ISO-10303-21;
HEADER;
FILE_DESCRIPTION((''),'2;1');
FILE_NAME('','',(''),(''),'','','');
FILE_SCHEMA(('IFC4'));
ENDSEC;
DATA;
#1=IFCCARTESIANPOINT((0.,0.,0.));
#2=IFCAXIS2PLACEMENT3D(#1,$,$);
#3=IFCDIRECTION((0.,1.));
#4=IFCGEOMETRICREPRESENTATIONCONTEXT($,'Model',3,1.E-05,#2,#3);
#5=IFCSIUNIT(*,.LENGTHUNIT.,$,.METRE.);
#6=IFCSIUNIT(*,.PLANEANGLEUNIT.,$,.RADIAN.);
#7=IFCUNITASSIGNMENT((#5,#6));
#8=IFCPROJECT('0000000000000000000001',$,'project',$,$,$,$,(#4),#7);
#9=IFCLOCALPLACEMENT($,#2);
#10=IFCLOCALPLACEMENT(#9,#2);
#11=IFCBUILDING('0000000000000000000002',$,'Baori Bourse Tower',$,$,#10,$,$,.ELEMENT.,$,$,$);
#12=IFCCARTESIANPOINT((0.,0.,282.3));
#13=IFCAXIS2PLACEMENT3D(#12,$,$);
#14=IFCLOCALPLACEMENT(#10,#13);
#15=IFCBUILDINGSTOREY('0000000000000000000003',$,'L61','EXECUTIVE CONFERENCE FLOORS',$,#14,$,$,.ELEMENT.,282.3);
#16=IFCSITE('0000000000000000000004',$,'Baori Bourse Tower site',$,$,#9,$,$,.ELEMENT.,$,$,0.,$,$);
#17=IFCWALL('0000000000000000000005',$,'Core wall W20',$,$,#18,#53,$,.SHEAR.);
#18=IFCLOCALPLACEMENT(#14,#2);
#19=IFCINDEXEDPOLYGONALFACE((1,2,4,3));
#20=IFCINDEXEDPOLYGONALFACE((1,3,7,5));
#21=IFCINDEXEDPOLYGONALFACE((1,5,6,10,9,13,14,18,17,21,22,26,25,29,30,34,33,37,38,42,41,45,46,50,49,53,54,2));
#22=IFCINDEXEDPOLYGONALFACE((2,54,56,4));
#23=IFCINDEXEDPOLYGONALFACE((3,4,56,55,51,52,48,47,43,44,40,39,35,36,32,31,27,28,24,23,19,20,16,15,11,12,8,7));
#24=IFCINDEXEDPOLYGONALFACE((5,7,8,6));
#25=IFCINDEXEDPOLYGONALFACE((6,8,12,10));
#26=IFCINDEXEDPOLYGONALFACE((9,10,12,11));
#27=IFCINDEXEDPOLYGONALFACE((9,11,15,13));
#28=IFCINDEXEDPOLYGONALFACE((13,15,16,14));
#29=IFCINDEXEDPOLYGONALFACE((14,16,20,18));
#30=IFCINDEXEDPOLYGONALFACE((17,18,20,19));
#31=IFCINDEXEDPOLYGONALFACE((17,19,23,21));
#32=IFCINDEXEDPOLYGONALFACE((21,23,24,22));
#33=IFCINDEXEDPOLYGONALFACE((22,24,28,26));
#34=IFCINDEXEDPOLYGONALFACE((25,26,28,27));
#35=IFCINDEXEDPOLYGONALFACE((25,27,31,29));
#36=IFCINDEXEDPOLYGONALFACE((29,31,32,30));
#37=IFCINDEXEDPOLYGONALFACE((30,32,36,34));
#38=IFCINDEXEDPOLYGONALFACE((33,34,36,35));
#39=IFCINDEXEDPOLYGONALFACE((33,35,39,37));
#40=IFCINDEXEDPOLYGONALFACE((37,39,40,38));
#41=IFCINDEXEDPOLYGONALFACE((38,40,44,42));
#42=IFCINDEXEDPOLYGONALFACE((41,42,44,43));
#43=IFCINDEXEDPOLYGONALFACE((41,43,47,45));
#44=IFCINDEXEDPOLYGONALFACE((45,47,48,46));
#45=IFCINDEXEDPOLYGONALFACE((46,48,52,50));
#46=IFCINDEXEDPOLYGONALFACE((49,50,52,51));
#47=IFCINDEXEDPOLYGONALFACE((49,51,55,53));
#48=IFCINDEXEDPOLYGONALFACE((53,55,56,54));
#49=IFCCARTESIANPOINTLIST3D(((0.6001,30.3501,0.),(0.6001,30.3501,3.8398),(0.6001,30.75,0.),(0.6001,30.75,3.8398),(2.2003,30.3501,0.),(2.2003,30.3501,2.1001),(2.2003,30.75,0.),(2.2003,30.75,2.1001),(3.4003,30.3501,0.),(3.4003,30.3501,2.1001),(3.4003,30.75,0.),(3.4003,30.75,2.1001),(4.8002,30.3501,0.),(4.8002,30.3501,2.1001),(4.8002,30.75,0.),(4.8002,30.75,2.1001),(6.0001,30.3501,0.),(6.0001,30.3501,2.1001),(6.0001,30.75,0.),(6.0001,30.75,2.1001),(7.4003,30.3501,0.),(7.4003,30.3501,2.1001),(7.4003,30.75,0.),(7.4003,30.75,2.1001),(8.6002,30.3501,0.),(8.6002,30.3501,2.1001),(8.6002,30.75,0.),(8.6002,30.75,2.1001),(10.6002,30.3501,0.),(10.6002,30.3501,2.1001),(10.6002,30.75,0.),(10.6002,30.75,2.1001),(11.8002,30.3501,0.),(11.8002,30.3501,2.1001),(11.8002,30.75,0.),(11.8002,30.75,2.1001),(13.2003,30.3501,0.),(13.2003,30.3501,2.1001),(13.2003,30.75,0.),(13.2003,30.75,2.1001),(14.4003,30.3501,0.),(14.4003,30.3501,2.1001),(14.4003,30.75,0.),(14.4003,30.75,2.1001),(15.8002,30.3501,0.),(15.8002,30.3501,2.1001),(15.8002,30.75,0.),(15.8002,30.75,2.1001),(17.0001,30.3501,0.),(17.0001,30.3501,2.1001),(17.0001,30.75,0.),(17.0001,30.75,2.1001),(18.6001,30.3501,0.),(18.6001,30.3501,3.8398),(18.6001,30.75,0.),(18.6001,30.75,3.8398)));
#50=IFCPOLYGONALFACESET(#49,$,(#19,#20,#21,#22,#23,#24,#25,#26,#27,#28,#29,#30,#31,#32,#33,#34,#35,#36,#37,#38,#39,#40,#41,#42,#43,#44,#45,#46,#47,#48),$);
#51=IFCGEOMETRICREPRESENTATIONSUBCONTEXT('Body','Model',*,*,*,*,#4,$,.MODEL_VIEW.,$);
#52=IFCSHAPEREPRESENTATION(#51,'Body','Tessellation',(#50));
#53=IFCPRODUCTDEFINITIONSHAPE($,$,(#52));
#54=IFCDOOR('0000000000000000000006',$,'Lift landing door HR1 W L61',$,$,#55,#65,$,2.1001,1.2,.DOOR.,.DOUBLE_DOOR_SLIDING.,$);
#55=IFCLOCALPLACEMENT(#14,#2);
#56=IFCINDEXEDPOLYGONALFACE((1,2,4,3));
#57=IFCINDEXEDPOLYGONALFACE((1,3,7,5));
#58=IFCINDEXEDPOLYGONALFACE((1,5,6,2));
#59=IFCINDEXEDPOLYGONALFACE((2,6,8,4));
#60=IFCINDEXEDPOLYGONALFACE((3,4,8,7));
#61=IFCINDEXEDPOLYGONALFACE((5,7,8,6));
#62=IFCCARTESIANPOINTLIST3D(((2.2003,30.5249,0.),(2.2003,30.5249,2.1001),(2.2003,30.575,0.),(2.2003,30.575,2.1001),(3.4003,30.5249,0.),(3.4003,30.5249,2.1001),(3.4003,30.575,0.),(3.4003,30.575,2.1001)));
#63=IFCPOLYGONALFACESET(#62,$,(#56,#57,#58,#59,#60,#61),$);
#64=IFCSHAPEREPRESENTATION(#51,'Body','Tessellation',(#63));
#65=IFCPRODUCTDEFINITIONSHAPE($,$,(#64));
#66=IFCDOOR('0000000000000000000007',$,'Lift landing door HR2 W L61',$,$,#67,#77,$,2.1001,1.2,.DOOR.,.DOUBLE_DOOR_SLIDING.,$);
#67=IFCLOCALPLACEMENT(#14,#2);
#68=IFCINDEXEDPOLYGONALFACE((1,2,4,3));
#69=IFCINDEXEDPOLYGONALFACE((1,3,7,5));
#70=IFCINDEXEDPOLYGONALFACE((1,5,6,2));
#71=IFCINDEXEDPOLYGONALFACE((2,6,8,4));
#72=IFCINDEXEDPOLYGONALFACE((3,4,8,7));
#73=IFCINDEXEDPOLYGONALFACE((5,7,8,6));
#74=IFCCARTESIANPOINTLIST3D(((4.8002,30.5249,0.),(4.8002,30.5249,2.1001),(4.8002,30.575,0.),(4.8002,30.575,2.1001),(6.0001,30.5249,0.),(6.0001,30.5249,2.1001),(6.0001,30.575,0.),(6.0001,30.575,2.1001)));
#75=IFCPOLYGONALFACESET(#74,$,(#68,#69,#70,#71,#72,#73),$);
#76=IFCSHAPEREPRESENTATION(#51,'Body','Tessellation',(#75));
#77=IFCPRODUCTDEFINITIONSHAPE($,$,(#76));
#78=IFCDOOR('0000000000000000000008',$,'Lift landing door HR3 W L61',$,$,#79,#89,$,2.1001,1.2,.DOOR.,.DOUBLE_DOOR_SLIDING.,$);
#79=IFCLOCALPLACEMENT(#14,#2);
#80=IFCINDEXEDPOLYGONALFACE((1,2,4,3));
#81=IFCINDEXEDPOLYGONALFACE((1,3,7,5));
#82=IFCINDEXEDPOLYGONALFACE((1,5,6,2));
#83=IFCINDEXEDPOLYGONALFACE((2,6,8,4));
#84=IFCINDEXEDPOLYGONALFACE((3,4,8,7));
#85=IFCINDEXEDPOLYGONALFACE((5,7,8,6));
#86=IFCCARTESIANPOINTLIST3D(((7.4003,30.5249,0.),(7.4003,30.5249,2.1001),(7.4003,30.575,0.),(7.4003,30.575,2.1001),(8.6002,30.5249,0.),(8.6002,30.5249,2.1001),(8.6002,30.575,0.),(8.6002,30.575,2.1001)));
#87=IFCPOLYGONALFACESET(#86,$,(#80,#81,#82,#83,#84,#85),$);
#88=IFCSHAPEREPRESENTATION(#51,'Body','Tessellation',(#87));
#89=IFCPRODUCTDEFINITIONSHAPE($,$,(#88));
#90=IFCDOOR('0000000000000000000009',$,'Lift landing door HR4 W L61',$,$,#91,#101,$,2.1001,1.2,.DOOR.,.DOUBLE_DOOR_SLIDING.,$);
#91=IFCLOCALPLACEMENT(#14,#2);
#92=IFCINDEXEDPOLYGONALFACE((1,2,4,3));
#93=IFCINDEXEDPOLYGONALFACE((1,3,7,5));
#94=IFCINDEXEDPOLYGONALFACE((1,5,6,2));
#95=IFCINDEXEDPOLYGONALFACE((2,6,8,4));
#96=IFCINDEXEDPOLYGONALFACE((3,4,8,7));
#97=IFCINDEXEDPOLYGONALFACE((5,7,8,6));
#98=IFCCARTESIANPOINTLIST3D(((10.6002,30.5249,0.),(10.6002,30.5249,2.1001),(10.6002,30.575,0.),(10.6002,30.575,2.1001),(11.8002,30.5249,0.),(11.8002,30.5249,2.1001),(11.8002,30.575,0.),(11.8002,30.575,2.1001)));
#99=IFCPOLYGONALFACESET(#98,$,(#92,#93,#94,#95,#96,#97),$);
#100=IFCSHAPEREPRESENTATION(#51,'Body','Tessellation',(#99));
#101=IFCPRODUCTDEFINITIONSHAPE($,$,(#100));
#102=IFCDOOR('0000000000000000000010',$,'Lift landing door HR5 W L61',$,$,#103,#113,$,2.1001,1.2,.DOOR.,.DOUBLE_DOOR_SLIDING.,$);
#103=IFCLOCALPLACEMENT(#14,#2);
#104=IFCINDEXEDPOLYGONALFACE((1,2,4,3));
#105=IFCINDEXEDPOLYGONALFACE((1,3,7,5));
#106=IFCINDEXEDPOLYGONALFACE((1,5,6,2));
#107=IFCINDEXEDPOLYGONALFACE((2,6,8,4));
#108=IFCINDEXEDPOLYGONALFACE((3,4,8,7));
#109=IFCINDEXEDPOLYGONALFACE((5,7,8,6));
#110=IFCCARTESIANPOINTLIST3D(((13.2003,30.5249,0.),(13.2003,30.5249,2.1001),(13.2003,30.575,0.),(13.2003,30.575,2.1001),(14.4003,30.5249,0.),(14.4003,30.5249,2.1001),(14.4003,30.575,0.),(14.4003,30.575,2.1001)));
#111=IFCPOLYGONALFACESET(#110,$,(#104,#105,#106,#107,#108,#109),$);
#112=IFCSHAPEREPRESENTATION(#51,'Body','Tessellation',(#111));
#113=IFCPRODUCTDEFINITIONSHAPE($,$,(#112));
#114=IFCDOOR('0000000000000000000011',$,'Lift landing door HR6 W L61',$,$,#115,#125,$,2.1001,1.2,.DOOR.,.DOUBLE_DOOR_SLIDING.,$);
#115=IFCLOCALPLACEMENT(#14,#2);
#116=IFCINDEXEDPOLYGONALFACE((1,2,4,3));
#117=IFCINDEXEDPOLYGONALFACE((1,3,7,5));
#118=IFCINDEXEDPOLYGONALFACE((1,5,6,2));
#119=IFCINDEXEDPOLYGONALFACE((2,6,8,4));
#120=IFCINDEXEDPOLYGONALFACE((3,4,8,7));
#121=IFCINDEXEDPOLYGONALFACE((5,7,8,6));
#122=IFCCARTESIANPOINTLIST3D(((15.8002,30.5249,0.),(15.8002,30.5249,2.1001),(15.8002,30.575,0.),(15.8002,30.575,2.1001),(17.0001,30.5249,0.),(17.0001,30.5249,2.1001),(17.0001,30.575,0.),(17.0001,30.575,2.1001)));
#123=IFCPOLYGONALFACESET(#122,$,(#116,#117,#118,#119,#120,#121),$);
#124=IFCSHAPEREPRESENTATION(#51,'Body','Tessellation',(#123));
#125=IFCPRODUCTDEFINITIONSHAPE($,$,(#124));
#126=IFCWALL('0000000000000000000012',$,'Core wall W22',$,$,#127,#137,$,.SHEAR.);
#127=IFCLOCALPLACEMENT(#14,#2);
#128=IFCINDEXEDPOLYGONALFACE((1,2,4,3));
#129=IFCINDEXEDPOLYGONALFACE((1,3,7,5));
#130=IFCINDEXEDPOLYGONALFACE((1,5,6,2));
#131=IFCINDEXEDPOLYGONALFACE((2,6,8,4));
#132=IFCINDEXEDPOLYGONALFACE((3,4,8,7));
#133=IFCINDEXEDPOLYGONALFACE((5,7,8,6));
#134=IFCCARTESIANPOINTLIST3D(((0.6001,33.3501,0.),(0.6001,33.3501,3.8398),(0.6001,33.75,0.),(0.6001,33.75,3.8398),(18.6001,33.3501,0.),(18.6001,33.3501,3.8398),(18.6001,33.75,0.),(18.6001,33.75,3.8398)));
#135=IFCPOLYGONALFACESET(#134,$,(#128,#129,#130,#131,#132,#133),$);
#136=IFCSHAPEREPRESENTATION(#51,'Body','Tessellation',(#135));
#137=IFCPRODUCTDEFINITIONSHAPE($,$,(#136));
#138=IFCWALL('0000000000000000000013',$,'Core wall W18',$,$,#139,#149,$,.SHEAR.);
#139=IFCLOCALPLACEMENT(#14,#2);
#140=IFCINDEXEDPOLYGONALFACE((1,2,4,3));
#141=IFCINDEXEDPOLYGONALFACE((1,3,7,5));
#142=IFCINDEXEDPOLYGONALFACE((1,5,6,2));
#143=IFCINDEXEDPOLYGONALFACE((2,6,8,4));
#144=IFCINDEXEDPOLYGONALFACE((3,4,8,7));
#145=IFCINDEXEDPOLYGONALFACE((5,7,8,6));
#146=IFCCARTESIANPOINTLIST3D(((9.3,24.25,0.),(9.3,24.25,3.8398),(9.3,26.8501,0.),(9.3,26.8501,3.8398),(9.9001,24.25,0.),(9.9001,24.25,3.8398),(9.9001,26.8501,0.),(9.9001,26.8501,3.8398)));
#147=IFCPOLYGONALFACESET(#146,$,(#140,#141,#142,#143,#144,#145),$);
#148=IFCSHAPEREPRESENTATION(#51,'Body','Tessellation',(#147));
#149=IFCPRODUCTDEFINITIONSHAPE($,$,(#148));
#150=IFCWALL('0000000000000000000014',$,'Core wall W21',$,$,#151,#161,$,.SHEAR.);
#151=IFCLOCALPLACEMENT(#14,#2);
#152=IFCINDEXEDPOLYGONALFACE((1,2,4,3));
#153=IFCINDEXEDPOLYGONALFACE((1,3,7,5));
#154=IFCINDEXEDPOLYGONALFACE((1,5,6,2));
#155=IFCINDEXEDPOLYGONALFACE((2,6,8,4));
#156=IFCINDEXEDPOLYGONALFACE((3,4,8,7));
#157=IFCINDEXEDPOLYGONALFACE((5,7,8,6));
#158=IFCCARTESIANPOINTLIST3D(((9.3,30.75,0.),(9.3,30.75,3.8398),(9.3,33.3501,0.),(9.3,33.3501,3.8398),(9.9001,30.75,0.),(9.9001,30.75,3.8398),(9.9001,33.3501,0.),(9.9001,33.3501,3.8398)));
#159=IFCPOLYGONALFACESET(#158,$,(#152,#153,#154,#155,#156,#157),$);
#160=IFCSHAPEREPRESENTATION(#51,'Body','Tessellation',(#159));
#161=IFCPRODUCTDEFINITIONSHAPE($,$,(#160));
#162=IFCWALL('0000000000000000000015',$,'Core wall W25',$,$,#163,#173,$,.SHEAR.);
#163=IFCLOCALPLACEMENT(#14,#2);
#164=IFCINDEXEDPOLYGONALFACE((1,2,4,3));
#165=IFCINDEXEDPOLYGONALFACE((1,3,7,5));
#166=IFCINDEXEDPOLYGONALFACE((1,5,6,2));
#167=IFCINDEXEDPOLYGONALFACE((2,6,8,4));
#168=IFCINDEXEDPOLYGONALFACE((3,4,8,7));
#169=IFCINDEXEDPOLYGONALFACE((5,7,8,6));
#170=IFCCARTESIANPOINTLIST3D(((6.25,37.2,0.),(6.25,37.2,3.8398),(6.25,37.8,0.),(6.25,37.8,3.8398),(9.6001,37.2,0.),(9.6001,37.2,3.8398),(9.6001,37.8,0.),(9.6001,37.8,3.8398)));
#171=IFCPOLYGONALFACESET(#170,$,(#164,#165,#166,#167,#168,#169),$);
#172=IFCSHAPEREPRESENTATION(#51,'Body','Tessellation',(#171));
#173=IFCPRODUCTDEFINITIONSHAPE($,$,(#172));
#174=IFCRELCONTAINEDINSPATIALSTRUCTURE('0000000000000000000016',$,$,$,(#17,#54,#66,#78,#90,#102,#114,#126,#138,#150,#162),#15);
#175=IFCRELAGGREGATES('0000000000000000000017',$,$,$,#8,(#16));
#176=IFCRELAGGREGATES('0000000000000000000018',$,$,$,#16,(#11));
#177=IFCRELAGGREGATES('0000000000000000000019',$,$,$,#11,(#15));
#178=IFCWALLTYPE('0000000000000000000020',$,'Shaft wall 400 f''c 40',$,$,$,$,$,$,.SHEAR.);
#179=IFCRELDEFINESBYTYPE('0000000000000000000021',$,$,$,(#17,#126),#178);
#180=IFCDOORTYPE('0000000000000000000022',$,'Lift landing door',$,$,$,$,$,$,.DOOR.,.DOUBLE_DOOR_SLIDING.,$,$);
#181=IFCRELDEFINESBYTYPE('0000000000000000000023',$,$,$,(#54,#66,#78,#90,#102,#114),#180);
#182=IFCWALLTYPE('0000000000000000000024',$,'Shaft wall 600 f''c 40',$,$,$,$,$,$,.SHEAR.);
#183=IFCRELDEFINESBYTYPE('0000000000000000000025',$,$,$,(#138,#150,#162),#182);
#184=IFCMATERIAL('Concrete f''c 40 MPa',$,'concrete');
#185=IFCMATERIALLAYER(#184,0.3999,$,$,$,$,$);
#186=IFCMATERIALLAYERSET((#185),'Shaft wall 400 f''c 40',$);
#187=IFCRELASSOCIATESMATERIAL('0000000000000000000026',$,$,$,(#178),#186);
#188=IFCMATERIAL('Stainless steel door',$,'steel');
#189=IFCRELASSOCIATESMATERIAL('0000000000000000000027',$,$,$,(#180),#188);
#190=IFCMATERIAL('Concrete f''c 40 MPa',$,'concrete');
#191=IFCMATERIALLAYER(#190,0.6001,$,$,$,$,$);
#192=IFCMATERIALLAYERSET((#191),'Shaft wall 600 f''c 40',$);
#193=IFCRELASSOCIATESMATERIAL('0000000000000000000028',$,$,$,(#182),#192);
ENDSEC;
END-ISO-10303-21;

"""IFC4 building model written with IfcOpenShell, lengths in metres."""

from ifc_helpers import new_model, si_unit, direction, frame, frame_2d, origin, place, context, subcontext, project, spatial, rectangle, extrude, material, layer, layer_set, type_object, element, fill, save


model = new_model("IFC4")

# Units and contexts
model_context = context("Model", 3, precision=1e-05, world=origin(), true_north=direction((0.0, 1.0)))
body_context = subcontext(model_context, "Body", "Model", "MODEL_VIEW")
ifc_project = project(units=[si_unit("LENGTHUNIT", "METRE"), si_unit("PLANEANGLEUNIT", "RADIAN")], contexts=[model_context])

# Site, building, storey
site_placement = place(None, origin())
site = spatial("IfcSite", under=ifc_project, at=site_placement, Name="Baori Bourse Tower site", CompositionType="ELEMENT", RefElevation=0.0)
building_placement = place(site_placement, origin())
building = spatial("IfcBuilding", under=site, at=building_placement, Name="Baori Bourse Tower", CompositionType="ELEMENT")
storey_placement = place(building_placement, frame((0.0, 0.0, 282.3)))
storey = spatial("IfcBuildingStorey", under=building, at=storey_placement, Name="L61", Description="EXECUTIVE CONFERENCE FLOORS", CompositionType="ELEMENT", Elevation=282.3)

# Wall, openings, doors
ifc_material_1 = material(Name="Concrete f'c 40 MPa", Category="concrete")
ifc_layer_1 = layer(ifc_material_1, 0.3999)
ifc_layer_set_1 = layer_set([ifc_layer_1], Name="Shaft wall 400 f'c 40")
wall_type_1 = type_object("IfcWallType", Name="Shaft wall 400 f'c 40", PredefinedType="SHEAR", material=ifc_layer_set_1)
ifc_material_2 = material(Name="Stainless steel door", Category="steel")
door_type_1 = type_object("IfcDoorType", Name="Lift landing door", OperationType="DOUBLE_DOOR_SLIDING", PredefinedType="DOOR", material=ifc_material_2)
wall_1_placement = place(storey_placement, frame((0.6001, 30.55, 0.0), z_axis=(0.0, 0.0, 1.0), x_axis=(1.0, 0.0, 0.0)))
wall_1 = element("IfcWall", 1, at=wall_1_placement, inside=storey, type_object=wall_type_1, Name="Core wall W20", PredefinedType="SHEAR", context=body_context, shape_type="SweptSolid", body=[
    extrude(rectangle(XDim=18.0, YDim=0.3999, at=frame_2d((9.0, 0.0))), origin(), (0.0, 0.0, 1.0), 3.8398),
])
opening_1_placement = place(wall_1_placement, frame((1.6001, 0.0, 0.0)))
opening_1 = element("IfcOpeningElement", 2, at=opening_1_placement, cuts=wall_1, PredefinedType="OPENING", context=body_context, shape_type="SweptSolid", body=[
    extrude(rectangle(XDim=1.2, YDim=2.1001, at=frame_2d((0.6001, 1.05))), frame((0.0, 0.21, 0.0), z_axis=(0.0, -1.0, 0.0), x_axis=(1.0, 0.0, 0.0)), (0.0, 0.0, 1.0), 0.4199),
])
opening_2_placement = place(wall_1_placement, frame((4.2, 0.0, 0.0)))
opening_2 = element("IfcOpeningElement", 3, at=opening_2_placement, cuts=wall_1, PredefinedType="OPENING", context=body_context, shape_type="SweptSolid", body=[
    extrude(rectangle(XDim=1.2, YDim=2.1001, at=frame_2d((0.6001, 1.05))), frame((0.0, 0.21, 0.0), z_axis=(0.0, -1.0, 0.0), x_axis=(1.0, 0.0, 0.0)), (0.0, 0.0, 1.0), 0.4199),
])
opening_3_placement = place(wall_1_placement, frame((6.8, 0.0, 0.0)))
opening_3 = element("IfcOpeningElement", 4, at=opening_3_placement, cuts=wall_1, PredefinedType="OPENING", context=body_context, shape_type="SweptSolid", body=[
    extrude(rectangle(XDim=1.2, YDim=2.1001, at=frame_2d((0.6001, 1.05))), frame((0.0, 0.21, 0.0), z_axis=(0.0, -1.0, 0.0), x_axis=(1.0, 0.0, 0.0)), (0.0, 0.0, 1.0), 0.4199),
])
opening_4_placement = place(wall_1_placement, frame((10.0, 0.0, 0.0)))
opening_4 = element("IfcOpeningElement", 5, at=opening_4_placement, cuts=wall_1, PredefinedType="OPENING", context=body_context, shape_type="SweptSolid", body=[
    extrude(rectangle(XDim=1.2, YDim=2.1001, at=frame_2d((0.6001, 1.05))), frame((0.0, 0.21, 0.0), z_axis=(0.0, -1.0, 0.0), x_axis=(1.0, 0.0, 0.0)), (0.0, 0.0, 1.0), 0.4199),
])
opening_5_placement = place(wall_1_placement, frame((12.6001, 0.0, 0.0)))
opening_5 = element("IfcOpeningElement", 6, at=opening_5_placement, cuts=wall_1, PredefinedType="OPENING", context=body_context, shape_type="SweptSolid", body=[
    extrude(rectangle(XDim=1.2, YDim=2.1001, at=frame_2d((0.6001, 1.05))), frame((0.0, 0.21, 0.0), z_axis=(0.0, -1.0, 0.0), x_axis=(1.0, 0.0, 0.0)), (0.0, 0.0, 1.0), 0.4199),
])
opening_6_placement = place(wall_1_placement, frame((15.2, 0.0, 0.0)))
opening_6 = element("IfcOpeningElement", 7, at=opening_6_placement, cuts=wall_1, PredefinedType="OPENING", context=body_context, shape_type="SweptSolid", body=[
    extrude(rectangle(XDim=1.2, YDim=2.1001, at=frame_2d((0.6001, 1.05))), frame((0.0, 0.21, 0.0), z_axis=(0.0, -1.0, 0.0), x_axis=(1.0, 0.0, 0.0)), (0.0, 0.0, 1.0), 0.4199),
])
door_1_placement = place(opening_1_placement, origin())
door_1 = element("IfcDoor", 8, at=door_1_placement, inside=storey, type_object=door_type_1, Name="Lift landing door HR1 W L61", OperationType="DOUBLE_DOOR_SLIDING", OverallHeight=2.1001, OverallWidth=1.2, PredefinedType="DOOR", context=body_context, shape_type="SweptSolid", body=[
    extrude(rectangle(XDim=1.2, YDim=2.1001, at=frame_2d((0.6001, 1.05))), frame((0.0, 0.0249, 0.0), z_axis=(0.0, -1.0, 0.0), x_axis=(1.0, 0.0, 0.0)), (0.0, 0.0, 1.0), 0.05),
])
fill(opening_1, door_1)
door_2_placement = place(opening_2_placement, origin())
door_2 = element("IfcDoor", 9, at=door_2_placement, inside=storey, type_object=door_type_1, Name="Lift landing door HR2 W L61", OperationType="DOUBLE_DOOR_SLIDING", OverallHeight=2.1001, OverallWidth=1.2, PredefinedType="DOOR", context=body_context, shape_type="SweptSolid", body=[
    extrude(rectangle(XDim=1.2, YDim=2.1001, at=frame_2d((0.6001, 1.05))), frame((0.0, 0.0249, 0.0), z_axis=(0.0, -1.0, 0.0), x_axis=(1.0, 0.0, 0.0)), (0.0, 0.0, 1.0), 0.05),
])
fill(opening_2, door_2)
door_3_placement = place(opening_3_placement, origin())
door_3 = element("IfcDoor", 10, at=door_3_placement, inside=storey, type_object=door_type_1, Name="Lift landing door HR3 W L61", OperationType="DOUBLE_DOOR_SLIDING", OverallHeight=2.1001, OverallWidth=1.2, PredefinedType="DOOR", context=body_context, shape_type="SweptSolid", body=[
    extrude(rectangle(XDim=1.2, YDim=2.1001, at=frame_2d((0.6001, 1.05))), frame((0.0, 0.0249, 0.0), z_axis=(0.0, -1.0, 0.0), x_axis=(1.0, 0.0, 0.0)), (0.0, 0.0, 1.0), 0.05),
])
fill(opening_3, door_3)
door_4_placement = place(opening_4_placement, origin())
door_4 = element("IfcDoor", 11, at=door_4_placement, inside=storey, type_object=door_type_1, Name="Lift landing door HR4 W L61", OperationType="DOUBLE_DOOR_SLIDING", OverallHeight=2.1001, OverallWidth=1.2, PredefinedType="DOOR", context=body_context, shape_type="SweptSolid", body=[
    extrude(rectangle(XDim=1.2, YDim=2.1001, at=frame_2d((0.6001, 1.05))), frame((0.0, 0.0249, 0.0), z_axis=(0.0, -1.0, 0.0), x_axis=(1.0, 0.0, 0.0)), (0.0, 0.0, 1.0), 0.05),
])
fill(opening_4, door_4)
door_5_placement = place(opening_5_placement, origin())
door_5 = element("IfcDoor", 12, at=door_5_placement, inside=storey, type_object=door_type_1, Name="Lift landing door HR5 W L61", OperationType="DOUBLE_DOOR_SLIDING", OverallHeight=2.1001, OverallWidth=1.2, PredefinedType="DOOR", context=body_context, shape_type="SweptSolid", body=[
    extrude(rectangle(XDim=1.2, YDim=2.1001, at=frame_2d((0.6001, 1.05))), frame((0.0, 0.0249, 0.0), z_axis=(0.0, -1.0, 0.0), x_axis=(1.0, 0.0, 0.0)), (0.0, 0.0, 1.0), 0.05),
])
fill(opening_5, door_5)
door_6_placement = place(opening_6_placement, origin())
door_6 = element("IfcDoor", 13, at=door_6_placement, inside=storey, type_object=door_type_1, Name="Lift landing door HR6 W L61", OperationType="DOUBLE_DOOR_SLIDING", OverallHeight=2.1001, OverallWidth=1.2, PredefinedType="DOOR", context=body_context, shape_type="SweptSolid", body=[
    extrude(rectangle(XDim=1.2, YDim=2.1001, at=frame_2d((0.6001, 1.05))), frame((0.0, 0.0249, 0.0), z_axis=(0.0, -1.0, 0.0), x_axis=(1.0, 0.0, 0.0)), (0.0, 0.0, 1.0), 0.05),
])
fill(opening_6, door_6)

# Walls
wall_2_placement = place(storey_placement, frame((0.6001, 33.55, 0.0), z_axis=(0.0, 0.0, 1.0), x_axis=(1.0, 0.0, 0.0)))
element("IfcWall", 14, at=wall_2_placement, inside=storey, type_object=wall_type_1, Name="Core wall W22", PredefinedType="SHEAR", context=body_context, shape_type="SweptSolid", body=[
    extrude(rectangle(XDim=18.0, YDim=0.3999, at=frame_2d((9.0, 0.0))), origin(), (0.0, 0.0, 1.0), 3.8398),
])
ifc_material_3 = material(Name="Concrete f'c 40 MPa", Category="concrete")
ifc_layer_2 = layer(ifc_material_3, 0.6001)
ifc_layer_set_2 = layer_set([ifc_layer_2], Name="Shaft wall 600 f'c 40")
wall_type_2 = type_object("IfcWallType", Name="Shaft wall 600 f'c 40", PredefinedType="SHEAR", material=ifc_layer_set_2)
for number, where, z_axis, x_axis, name in (
    (15, (9.6001, 24.25, 0.0), (0.0, 0.0, 1.0), (0.0, 1.0, 0.0), "Core wall W18"),
    (16, (9.6001, 30.75, 0.0), (0.0, 0.0, 1.0), (0.0, 1.0, 0.0), "Core wall W21"),
):
    element("IfcWall", number, at=place(storey_placement, frame(where, z_axis=z_axis, x_axis=x_axis)), inside=storey, type_object=wall_type_2, Name=name, PredefinedType="SHEAR", context=body_context, shape_type="SweptSolid", body=[
        extrude(rectangle(XDim=2.6001, YDim=0.6001, at=frame_2d((1.3, 0.0))), origin(), (0.0, 0.0, 1.0), 3.8398),
    ])
wall_3_placement = place(storey_placement, frame((6.25, 37.5, 0.0), z_axis=(0.0, 0.0, 1.0), x_axis=(1.0, 0.0, 0.0)))
element("IfcWall", 17, at=wall_3_placement, inside=storey, type_object=wall_type_2, Name="Core wall W25", PredefinedType="SHEAR", context=body_context, shape_type="SweptSolid", body=[
    extrude(rectangle(XDim=3.3501, YDim=0.6001, at=frame_2d((1.675, 0.0))), origin(), (0.0, 0.0, 1.0), 3.8398),
])

save(model, "model.ifc")
